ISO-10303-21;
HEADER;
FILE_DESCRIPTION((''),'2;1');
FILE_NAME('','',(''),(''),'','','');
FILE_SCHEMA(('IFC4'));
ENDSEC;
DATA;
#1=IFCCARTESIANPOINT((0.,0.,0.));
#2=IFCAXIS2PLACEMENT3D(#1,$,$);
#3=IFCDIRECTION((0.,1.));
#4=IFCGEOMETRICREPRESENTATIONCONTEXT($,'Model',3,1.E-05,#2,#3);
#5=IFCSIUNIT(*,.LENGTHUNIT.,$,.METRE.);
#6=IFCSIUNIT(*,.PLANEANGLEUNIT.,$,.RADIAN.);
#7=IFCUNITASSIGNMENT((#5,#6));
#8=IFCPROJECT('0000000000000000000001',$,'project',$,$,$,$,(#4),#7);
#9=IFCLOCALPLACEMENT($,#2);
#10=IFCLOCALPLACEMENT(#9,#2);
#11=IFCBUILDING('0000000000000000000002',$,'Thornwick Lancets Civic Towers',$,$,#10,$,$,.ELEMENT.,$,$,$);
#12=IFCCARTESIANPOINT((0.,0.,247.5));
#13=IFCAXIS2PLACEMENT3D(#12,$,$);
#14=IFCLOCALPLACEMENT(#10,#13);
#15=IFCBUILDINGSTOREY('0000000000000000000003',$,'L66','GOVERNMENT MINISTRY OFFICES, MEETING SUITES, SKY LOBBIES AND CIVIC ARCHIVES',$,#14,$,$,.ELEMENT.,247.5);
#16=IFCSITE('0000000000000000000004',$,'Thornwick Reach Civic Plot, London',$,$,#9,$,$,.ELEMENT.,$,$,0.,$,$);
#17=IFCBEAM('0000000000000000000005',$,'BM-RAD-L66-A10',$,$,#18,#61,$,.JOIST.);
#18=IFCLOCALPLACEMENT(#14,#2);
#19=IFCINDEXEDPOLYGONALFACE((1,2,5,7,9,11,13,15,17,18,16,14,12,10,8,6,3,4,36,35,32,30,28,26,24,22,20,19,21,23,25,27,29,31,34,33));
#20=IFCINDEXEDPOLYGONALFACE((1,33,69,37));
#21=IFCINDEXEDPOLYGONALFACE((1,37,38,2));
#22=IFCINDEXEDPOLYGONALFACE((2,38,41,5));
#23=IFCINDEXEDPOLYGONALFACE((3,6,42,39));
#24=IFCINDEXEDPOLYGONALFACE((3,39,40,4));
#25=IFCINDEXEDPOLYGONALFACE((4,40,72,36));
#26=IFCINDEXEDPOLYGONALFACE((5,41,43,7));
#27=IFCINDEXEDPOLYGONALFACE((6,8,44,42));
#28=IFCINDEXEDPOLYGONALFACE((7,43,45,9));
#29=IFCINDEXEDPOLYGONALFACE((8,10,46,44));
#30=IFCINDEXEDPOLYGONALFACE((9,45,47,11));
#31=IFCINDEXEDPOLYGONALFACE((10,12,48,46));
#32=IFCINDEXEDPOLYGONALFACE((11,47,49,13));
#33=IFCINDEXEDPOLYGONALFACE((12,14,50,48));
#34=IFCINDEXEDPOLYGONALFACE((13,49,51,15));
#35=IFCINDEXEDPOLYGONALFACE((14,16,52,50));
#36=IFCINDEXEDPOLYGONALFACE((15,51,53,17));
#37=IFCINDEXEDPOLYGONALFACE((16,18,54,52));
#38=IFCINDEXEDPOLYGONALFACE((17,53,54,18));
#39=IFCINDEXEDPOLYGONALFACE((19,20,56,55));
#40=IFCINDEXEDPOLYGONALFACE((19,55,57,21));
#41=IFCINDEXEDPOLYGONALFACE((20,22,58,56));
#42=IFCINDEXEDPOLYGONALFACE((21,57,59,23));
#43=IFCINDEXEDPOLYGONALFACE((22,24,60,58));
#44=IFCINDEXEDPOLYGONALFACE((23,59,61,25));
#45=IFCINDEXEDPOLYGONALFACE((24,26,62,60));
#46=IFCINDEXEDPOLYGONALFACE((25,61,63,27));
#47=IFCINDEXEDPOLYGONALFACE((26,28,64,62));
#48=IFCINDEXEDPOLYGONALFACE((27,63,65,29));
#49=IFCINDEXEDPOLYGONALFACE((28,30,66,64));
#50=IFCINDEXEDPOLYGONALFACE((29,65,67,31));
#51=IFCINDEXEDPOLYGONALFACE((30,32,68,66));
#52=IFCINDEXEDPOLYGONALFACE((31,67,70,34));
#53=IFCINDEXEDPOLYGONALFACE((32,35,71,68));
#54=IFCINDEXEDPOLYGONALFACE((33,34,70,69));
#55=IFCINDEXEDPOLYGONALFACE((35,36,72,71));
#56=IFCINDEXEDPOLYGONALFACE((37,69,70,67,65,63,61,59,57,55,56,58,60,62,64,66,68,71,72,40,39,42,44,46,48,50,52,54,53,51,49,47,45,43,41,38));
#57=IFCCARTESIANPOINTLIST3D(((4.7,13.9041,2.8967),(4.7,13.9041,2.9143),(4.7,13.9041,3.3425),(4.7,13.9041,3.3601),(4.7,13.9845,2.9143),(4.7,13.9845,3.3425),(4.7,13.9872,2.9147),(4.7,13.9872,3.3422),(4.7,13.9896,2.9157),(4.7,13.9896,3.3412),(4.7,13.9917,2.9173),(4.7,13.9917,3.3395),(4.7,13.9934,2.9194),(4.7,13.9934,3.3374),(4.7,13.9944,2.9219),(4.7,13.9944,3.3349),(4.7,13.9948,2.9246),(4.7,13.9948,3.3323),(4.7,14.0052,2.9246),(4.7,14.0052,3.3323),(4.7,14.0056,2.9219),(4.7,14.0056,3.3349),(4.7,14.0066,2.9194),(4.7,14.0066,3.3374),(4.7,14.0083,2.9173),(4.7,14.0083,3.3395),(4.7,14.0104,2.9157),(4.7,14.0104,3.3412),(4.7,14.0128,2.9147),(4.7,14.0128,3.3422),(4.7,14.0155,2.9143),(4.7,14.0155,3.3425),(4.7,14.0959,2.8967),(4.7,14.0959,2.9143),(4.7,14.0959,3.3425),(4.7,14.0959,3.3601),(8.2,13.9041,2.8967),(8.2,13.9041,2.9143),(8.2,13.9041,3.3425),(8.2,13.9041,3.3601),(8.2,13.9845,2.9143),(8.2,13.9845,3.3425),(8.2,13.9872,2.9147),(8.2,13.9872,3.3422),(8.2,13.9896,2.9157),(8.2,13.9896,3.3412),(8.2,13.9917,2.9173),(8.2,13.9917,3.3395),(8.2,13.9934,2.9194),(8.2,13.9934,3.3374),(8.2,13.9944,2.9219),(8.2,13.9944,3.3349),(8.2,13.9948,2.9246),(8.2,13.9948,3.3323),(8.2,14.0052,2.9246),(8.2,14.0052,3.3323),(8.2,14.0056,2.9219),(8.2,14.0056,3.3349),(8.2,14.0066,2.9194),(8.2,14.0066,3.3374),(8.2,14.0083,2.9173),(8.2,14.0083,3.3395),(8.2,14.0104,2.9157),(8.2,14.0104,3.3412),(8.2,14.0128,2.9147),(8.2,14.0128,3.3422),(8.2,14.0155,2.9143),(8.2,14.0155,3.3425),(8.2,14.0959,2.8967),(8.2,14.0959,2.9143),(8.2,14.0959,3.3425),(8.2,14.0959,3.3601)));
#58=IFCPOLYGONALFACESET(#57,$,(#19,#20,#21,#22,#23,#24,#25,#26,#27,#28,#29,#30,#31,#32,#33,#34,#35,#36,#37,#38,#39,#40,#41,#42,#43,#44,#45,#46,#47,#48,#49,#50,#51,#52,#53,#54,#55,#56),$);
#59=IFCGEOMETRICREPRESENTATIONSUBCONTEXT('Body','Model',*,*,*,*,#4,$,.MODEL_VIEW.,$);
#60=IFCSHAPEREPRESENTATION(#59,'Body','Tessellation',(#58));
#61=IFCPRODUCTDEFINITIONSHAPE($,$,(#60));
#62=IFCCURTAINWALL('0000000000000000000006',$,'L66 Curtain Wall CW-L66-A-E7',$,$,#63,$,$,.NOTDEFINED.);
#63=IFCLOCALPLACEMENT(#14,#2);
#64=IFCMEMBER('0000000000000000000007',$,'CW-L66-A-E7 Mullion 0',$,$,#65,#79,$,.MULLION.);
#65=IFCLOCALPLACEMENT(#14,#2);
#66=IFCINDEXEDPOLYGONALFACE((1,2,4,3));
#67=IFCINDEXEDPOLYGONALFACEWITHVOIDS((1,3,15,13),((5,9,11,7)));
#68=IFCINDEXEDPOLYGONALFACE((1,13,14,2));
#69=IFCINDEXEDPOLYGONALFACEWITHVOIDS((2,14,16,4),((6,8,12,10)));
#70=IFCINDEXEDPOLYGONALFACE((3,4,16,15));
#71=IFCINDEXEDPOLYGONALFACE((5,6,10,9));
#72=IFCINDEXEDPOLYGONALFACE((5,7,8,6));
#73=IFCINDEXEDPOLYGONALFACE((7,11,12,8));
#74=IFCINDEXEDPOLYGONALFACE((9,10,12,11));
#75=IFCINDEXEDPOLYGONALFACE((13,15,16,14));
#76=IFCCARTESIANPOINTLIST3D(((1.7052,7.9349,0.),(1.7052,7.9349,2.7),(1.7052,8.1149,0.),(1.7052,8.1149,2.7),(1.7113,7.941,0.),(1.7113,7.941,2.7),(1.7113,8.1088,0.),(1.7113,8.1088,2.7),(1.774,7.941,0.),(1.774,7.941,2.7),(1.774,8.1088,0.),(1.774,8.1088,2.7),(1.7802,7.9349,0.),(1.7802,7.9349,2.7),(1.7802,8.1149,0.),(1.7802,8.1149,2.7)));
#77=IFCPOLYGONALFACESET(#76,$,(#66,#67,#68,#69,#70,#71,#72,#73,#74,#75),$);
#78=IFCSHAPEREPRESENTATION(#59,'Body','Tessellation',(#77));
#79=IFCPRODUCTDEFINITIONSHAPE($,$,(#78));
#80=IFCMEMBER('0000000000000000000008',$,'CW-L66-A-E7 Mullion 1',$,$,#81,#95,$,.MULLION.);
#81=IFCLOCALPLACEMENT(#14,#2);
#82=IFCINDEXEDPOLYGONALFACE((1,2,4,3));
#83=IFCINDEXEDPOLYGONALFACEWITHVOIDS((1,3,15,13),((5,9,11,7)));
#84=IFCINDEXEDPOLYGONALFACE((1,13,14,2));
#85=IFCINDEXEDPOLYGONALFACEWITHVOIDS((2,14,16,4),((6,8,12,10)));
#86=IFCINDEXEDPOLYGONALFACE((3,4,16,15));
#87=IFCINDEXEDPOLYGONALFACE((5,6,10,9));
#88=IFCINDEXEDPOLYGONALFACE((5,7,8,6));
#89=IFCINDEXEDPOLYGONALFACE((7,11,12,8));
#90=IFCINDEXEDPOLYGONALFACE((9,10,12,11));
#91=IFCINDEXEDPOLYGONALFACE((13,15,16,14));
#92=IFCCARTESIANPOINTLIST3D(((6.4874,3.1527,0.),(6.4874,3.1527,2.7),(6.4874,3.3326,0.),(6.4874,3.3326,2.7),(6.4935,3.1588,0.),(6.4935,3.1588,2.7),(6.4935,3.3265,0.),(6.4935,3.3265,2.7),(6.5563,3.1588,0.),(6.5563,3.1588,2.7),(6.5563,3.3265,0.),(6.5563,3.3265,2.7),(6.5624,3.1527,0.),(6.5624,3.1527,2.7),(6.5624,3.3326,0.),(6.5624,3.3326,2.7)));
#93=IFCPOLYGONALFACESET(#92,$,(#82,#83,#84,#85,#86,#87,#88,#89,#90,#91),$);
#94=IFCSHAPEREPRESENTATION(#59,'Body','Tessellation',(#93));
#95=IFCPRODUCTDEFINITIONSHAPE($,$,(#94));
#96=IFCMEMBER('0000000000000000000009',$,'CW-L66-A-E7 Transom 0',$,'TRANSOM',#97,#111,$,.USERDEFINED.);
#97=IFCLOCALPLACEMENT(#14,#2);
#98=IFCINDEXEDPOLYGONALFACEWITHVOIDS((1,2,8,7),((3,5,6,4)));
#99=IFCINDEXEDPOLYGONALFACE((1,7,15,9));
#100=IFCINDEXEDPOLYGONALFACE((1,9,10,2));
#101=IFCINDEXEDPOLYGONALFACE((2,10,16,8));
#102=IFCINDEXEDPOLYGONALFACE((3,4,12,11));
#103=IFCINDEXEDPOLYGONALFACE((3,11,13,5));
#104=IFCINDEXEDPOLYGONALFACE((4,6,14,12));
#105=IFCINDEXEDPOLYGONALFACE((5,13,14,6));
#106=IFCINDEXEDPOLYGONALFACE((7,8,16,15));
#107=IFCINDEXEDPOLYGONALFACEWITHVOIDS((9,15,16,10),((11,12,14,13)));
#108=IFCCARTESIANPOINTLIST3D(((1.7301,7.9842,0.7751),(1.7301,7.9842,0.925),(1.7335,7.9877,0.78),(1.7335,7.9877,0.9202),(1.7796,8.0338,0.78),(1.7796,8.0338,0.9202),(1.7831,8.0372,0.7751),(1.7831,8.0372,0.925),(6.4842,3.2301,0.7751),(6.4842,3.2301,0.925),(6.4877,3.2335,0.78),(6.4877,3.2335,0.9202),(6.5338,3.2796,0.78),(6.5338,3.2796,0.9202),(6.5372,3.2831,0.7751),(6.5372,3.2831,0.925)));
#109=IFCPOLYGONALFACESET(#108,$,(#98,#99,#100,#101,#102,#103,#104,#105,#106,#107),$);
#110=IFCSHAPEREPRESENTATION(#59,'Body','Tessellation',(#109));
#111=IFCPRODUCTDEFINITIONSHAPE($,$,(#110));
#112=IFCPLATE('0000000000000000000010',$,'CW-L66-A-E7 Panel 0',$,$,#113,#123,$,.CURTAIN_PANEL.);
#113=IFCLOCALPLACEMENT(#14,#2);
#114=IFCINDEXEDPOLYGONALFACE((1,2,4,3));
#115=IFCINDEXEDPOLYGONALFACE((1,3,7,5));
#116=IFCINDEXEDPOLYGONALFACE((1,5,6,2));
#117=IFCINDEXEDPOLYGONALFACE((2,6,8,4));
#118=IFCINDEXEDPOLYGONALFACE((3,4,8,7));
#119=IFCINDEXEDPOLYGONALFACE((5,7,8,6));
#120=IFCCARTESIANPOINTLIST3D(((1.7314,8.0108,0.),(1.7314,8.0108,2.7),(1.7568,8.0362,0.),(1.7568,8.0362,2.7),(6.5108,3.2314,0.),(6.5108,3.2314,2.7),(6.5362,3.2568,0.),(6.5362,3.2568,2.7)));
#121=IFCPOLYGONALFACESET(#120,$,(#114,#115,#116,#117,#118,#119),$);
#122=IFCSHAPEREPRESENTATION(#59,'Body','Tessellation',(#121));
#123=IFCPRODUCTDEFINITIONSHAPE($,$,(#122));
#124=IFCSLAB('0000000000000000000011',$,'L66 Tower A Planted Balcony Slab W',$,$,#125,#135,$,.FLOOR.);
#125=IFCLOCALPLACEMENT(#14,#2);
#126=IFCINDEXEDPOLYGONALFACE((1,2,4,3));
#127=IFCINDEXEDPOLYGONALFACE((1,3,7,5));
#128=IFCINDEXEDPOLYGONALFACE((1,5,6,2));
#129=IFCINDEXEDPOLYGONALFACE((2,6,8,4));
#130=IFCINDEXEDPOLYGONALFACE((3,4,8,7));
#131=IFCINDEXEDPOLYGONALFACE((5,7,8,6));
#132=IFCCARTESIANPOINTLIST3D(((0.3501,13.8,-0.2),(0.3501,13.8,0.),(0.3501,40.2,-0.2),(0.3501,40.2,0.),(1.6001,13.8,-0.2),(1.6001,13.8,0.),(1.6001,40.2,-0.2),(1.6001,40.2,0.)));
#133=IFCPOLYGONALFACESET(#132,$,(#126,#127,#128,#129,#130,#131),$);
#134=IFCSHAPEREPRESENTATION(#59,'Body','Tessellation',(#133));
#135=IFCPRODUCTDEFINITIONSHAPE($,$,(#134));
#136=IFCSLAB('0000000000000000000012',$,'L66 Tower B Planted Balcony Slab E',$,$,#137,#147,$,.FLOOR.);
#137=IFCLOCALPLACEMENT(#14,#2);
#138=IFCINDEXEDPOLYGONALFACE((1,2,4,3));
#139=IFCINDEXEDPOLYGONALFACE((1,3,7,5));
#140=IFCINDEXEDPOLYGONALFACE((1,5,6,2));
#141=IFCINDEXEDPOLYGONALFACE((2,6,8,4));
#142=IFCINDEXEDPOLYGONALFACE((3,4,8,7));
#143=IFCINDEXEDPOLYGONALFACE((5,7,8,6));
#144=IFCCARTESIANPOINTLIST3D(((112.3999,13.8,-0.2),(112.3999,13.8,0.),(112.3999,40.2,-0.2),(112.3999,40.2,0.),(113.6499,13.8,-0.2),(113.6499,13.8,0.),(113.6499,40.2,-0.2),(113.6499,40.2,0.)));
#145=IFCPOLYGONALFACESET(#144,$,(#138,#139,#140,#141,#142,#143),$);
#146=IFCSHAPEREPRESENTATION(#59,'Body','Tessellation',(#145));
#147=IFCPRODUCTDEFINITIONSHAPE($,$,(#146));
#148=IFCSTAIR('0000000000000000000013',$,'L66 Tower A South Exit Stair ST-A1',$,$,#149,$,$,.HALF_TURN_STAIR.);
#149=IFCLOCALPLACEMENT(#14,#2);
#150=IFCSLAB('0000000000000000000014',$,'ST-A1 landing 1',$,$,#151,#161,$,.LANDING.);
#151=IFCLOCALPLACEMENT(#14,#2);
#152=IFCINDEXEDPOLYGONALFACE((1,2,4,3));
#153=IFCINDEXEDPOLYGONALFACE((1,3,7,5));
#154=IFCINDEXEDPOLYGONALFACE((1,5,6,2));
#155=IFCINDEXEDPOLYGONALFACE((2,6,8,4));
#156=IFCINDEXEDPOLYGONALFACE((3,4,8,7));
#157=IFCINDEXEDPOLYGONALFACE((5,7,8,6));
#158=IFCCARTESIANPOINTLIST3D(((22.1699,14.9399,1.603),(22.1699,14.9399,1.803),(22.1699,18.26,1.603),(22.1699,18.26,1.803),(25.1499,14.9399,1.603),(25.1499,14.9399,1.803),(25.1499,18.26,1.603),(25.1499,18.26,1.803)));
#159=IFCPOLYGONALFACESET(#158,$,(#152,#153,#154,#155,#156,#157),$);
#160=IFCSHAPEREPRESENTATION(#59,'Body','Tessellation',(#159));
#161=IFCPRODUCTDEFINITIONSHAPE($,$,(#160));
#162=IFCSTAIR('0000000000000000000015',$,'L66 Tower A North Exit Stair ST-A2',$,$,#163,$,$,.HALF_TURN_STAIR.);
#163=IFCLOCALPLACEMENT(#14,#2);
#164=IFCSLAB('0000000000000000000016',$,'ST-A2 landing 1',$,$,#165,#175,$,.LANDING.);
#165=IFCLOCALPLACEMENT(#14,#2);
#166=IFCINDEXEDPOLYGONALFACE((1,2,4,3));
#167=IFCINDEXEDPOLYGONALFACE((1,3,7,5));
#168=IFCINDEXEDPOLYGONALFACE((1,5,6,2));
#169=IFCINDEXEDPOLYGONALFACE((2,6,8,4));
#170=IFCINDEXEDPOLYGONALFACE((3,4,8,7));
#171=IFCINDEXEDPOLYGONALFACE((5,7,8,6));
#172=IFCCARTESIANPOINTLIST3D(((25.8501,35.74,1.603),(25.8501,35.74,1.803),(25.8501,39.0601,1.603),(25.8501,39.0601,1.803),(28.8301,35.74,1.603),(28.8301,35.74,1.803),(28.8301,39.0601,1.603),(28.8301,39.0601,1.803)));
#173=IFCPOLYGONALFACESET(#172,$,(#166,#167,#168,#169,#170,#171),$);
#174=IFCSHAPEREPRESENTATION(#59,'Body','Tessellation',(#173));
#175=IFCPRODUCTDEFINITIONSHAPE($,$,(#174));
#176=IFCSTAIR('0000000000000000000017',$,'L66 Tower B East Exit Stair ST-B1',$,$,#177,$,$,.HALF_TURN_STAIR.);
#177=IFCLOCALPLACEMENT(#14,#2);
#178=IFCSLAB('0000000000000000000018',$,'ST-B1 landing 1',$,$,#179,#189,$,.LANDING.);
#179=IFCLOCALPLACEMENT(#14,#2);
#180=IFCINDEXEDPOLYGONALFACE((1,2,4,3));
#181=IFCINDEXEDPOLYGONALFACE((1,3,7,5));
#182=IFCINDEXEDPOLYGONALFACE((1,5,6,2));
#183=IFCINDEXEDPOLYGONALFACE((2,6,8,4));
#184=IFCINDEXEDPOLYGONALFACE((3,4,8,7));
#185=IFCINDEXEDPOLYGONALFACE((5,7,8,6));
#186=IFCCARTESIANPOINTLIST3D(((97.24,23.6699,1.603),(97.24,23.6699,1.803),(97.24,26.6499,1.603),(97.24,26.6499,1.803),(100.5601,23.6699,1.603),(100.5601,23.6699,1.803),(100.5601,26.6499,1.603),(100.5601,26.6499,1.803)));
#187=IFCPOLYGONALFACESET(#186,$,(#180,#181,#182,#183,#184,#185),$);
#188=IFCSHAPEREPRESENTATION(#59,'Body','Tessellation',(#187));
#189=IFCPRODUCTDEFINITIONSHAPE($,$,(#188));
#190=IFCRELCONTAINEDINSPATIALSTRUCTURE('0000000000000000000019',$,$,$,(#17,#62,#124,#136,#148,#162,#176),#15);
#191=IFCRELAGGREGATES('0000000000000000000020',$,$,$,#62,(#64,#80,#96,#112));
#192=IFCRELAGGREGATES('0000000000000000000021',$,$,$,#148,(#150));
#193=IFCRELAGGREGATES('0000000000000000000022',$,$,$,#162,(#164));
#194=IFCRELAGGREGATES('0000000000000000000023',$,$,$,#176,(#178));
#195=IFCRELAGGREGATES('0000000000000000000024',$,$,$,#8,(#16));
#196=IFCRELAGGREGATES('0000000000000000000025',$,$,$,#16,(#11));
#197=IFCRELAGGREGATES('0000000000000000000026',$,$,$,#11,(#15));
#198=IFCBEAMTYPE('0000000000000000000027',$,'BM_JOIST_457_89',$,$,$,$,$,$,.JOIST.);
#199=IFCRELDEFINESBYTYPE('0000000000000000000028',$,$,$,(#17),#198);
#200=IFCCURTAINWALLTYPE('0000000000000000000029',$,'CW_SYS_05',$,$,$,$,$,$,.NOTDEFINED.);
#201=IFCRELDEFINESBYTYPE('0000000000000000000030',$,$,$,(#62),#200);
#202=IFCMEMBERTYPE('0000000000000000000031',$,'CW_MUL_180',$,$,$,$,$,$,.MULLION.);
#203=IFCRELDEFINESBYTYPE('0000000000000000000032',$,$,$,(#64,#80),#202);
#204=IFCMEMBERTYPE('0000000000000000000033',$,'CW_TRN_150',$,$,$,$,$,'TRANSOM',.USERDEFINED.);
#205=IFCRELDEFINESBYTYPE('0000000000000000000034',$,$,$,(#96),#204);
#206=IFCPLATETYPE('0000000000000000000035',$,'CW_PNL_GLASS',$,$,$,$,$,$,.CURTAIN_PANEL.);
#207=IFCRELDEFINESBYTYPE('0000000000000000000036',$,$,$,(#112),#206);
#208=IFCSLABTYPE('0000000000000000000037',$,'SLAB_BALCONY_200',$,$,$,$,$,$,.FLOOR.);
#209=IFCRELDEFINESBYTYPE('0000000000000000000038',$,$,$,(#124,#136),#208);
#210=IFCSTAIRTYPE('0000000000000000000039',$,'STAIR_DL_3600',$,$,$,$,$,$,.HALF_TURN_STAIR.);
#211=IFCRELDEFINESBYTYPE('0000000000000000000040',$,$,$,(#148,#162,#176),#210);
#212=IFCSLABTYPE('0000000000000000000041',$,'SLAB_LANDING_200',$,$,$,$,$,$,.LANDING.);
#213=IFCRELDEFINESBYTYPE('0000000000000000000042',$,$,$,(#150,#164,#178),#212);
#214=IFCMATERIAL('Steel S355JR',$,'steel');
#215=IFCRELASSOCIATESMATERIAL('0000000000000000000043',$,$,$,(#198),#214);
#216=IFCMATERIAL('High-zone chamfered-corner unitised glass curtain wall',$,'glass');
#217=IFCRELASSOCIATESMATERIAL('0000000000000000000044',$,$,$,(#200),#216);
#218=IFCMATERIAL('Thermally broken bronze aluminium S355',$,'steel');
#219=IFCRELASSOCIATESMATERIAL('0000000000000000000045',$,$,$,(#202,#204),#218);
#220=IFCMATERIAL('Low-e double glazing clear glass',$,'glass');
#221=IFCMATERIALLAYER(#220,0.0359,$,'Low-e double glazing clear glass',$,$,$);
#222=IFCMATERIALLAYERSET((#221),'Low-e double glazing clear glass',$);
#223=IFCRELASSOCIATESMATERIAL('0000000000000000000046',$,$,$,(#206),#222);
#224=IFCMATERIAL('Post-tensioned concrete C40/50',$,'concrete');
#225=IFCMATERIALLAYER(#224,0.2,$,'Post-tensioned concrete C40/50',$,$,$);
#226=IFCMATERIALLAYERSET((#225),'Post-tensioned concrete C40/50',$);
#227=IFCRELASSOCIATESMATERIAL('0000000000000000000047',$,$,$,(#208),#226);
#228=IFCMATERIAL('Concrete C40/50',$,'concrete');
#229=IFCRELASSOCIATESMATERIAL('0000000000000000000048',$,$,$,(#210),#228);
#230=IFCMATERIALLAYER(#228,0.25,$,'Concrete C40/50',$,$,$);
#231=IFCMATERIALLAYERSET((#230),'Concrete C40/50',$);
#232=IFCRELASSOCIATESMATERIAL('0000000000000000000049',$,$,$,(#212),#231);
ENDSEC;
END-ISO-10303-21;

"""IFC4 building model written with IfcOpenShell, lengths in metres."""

from ifc_helpers import new_model, si_unit, direction, frame, origin, origin_2d, place, context, subcontext, project, spatial, polyline, rectangle, hollow_rectangle, i_section, outline, extrude, material, layer, layer_set, material_profile, profile_set, type_object, element, aggregate, save


model = new_model("IFC4")

# Units and contexts
model_context = context("Model", 3, precision=1e-05, world=origin(), true_north=direction((0.0, 1.0)))
body_context = subcontext(model_context, "Body", "Model", "MODEL_VIEW")
ifc_project = project(units=[si_unit("LENGTHUNIT", "METRE"), si_unit("PLANEANGLEUNIT", "RADIAN")], contexts=[model_context])

# Site, building, storey
site_placement = place(None, origin())
site = spatial("IfcSite", under=ifc_project, at=site_placement, Name="Thornwick Reach Civic Plot, London", CompositionType="ELEMENT", RefElevation=0.0)
building_placement = place(site_placement, origin())
building = spatial("IfcBuilding", under=site, at=building_placement, Name="Thornwick Lancets Civic Towers", CompositionType="ELEMENT")
storey_placement = place(building_placement, frame((0.0, 0.0, 247.5)))
storey = spatial("IfcBuildingStorey", under=building, at=storey_placement, Name="L66", Description="GOVERNMENT MINISTRY OFFICES, MEETING SUITES, SKY LOBBIES AND CIVIC ARCHIVES", CompositionType="ELEMENT", Elevation=247.5)

# Shared definitions
ifc_material_1 = material(Name="Steel S355JR", Category="steel")

# Beam
ifc_material_profile_1 = material_profile(ifc_material_1, i_section(OverallWidth=0.1919, OverallDepth=0.4634, WebThickness=0.0105, FlangeThickness=0.0176, FilletRadius=0.0103, at=origin_2d()), Name="UKB 457x191x89")
ifc_profile_set_1 = profile_set([ifc_material_profile_1], Name="Steel S355JR")
beam_type_1 = type_object("IfcBeamType", Name="BM_JOIST_457_89", PredefinedType="JOIST", material=ifc_profile_set_1)
for number, where, z_axis, x_axis, name in (
    (1, (8.2, 14.0, 3.1284), (-1.0, 0.0, 0.0), (0.0, -1.0, 0.0), "BM-RAD-L66-A10"),
):
    element("IfcBeam", number, at=place(storey_placement, frame(where, z_axis=z_axis, x_axis=x_axis)), inside=storey, type_object=beam_type_1, Name=name, PredefinedType="JOIST", context=body_context, shape_type="SweptSolid", body=[
        extrude(i_section(OverallWidth=0.1919, OverallDepth=0.4634, WebThickness=0.0105, FlangeThickness=0.0176, FilletRadius=0.0103, at=origin_2d()), origin(), (0.0, 0.0, 1.0), 3.5),
    ])

# Curtain wall, members, plate
ifc_material_2 = material(Name="High-zone chamfered-corner unitised glass curtain wall", Category="glass")
curtain_wall_type = type_object("IfcCurtainWallType", Name="CW_SYS_05", PredefinedType="NOTDEFINED", material=ifc_material_2)
curtain_wall_placement = place(storey_placement, origin())
curtain_wall = element("IfcCurtainWall", 2, at=curtain_wall_placement, inside=storey, type_object=curtain_wall_type, Name="L66 Curtain Wall CW-L66-A-E7", PredefinedType="NOTDEFINED")
ifc_material_3 = material(Name="Thermally broken bronze aluminium S355", Category="steel")
ifc_material_profile_2 = material_profile(ifc_material_3, hollow_rectangle(XDim=0.075, YDim=0.1799, WallThickness=0.0061, at=origin_2d()), Name="RHS 180x75x6")
ifc_profile_set_2 = profile_set([ifc_material_profile_2], Name="Thermally broken bronze aluminium S355")
member_type_1 = type_object("IfcMemberType", Name="CW_MUL_180", PredefinedType="MULLION", material=ifc_profile_set_2)
member_1_placement = place(storey_placement, frame((1.7427, 8.0249, 0.0), z_axis=(0.0, 0.0, 1.0), x_axis=(1.0, 0.0, 0.0)))
member_1 = element("IfcMember", 3, at=member_1_placement, type_object=member_type_1, Name="CW-L66-A-E7 Mullion 0", PredefinedType="MULLION", context=body_context, shape_type="SweptSolid", body=[
    extrude(hollow_rectangle(XDim=0.075, YDim=0.1799, WallThickness=0.0061, at=origin_2d()), origin(), (0.0, 0.0, 1.0), 2.7),
])
member_2_placement = place(storey_placement, frame((6.5249, 3.2427, 0.0), z_axis=(0.0, 0.0, 1.0), x_axis=(1.0, 0.0, 0.0)))
member_2 = element("IfcMember", 4, at=member_2_placement, type_object=member_type_1, Name="CW-L66-A-E7 Mullion 1", PredefinedType="MULLION", context=body_context, shape_type="SweptSolid", body=[
    extrude(hollow_rectangle(XDim=0.075, YDim=0.1799, WallThickness=0.0061, at=origin_2d()), origin(), (0.0, 0.0, 1.0), 2.7),
])
ifc_material_profile_3 = material_profile(ifc_material_3, hollow_rectangle(XDim=0.075, YDim=0.1499, WallThickness=0.0049, at=origin_2d()), Name="RHS 150x75x5")
ifc_profile_set_3 = profile_set([ifc_material_profile_3], Name="Thermally broken bronze aluminium S355")
member_type_2 = type_object("IfcMemberType", Name="CW_TRN_150", ElementType="TRANSOM", PredefinedType="USERDEFINED", material=ifc_profile_set_3)
member_3_placement = place(storey_placement, frame((1.7566, 8.0107, 0.8501), z_axis=(0.707107, -0.707107, 0.0), x_axis=(0.707107, 0.707107, 0.0)))
member_3 = element("IfcMember", 5, at=member_3_placement, type_object=member_type_2, Name="CW-L66-A-E7 Transom 0", ObjectType="TRANSOM", PredefinedType="USERDEFINED", context=body_context, shape_type="SweptSolid", body=[
    extrude(hollow_rectangle(XDim=0.075, YDim=0.1499, WallThickness=0.0049, at=origin_2d()), origin(), (0.0, 0.0, 1.0), 6.7234),
])
ifc_material_4 = material(Name="Low-e double glazing clear glass", Category="glass")
ifc_layer_1 = layer(ifc_material_4, 0.0359, Name="Low-e double glazing clear glass")
ifc_layer_set_1 = layer_set([ifc_layer_1], Name="Low-e double glazing clear glass")
plate_type = type_object("IfcPlateType", Name="CW_PNL_GLASS", PredefinedType="CURTAIN_PANEL", material=ifc_layer_set_1)
plate_placement = place(storey_placement, frame((4.1338, 5.6338, 0.0), z_axis=(0.0, 0.0, 1.0), x_axis=(0.707107, -0.707107, 0.0)))
plate = element("IfcPlate", 6, at=plate_placement, type_object=plate_type, Name="CW-L66-A-E7 Panel 0", PredefinedType="CURTAIN_PANEL", context=body_context, shape_type="SweptSolid", body=[
    extrude(rectangle(XDim=6.759, YDim=0.0359, at=origin_2d()), origin(), (0.0, 0.0, 1.0), 2.7),
])
aggregate(curtain_wall, [member_1, member_2, member_3, plate])

# Slabs
ifc_material_5 = material(Name="Post-tensioned concrete C40/50", Category="concrete")
ifc_layer_2 = layer(ifc_material_5, 0.2, Name="Post-tensioned concrete C40/50")
ifc_layer_set_2 = layer_set([ifc_layer_2], Name="Post-tensioned concrete C40/50")
slab_type_1 = type_object("IfcSlabType", Name="SLAB_BALCONY_200", PredefinedType="FLOOR", material=ifc_layer_set_2)
slab_1_placement = place(storey_placement, frame((0.0, 0.0, -0.2)))
element("IfcSlab", 7, at=slab_1_placement, inside=storey, type_object=slab_type_1, Name="L66 Tower A Planted Balcony Slab W", PredefinedType="FLOOR", context=body_context, shape_type="SweptSolid", body=[
    extrude(outline(polyline([(0.3501, 13.8), (1.6001, 13.8), (1.6001, 40.2), (0.3501, 40.2), (0.3501, 13.8)])), origin(), (0.0, 0.0, 1.0), 0.2),
])
slab_2_placement = place(storey_placement, frame((0.0, 0.0, -0.2)))
element("IfcSlab", 8, at=slab_2_placement, inside=storey, type_object=slab_type_1, Name="L66 Tower B Planted Balcony Slab E", PredefinedType="FLOOR", context=body_context, shape_type="SweptSolid", body=[
    extrude(outline(polyline([(112.3999, 13.8), (113.6499, 13.8), (113.6499, 40.2), (112.3999, 40.2), (112.3999, 13.8)])), origin(), (0.0, 0.0, 1.0), 0.2),
])

# Stairs, slabs
ifc_material_6 = material(Name="Concrete C40/50", Category="concrete")
stair_type = type_object("IfcStairType", Name="STAIR_DL_3600", PredefinedType="HALF_TURN_STAIR", material=ifc_material_6)
stair_1_placement = place(storey_placement, origin())
stair_1 = element("IfcStair", 9, at=stair_1_placement, inside=storey, type_object=stair_type, Name="L66 Tower A South Exit Stair ST-A1", PredefinedType="HALF_TURN_STAIR")
ifc_layer_3 = layer(ifc_material_6, 0.25, Name="Concrete C40/50")
ifc_layer_set_3 = layer_set([ifc_layer_3], Name="Concrete C40/50")
slab_type_2 = type_object("IfcSlabType", Name="SLAB_LANDING_200", PredefinedType="LANDING", material=ifc_layer_set_3)
slab_3_placement = place(storey_placement, frame((0.0, 0.0, 1.603)))
slab_3 = element("IfcSlab", 10, at=slab_3_placement, type_object=slab_type_2, Name="ST-A1 landing 1", PredefinedType="LANDING", context=body_context, shape_type="SweptSolid", body=[
    extrude(outline(polyline([(22.1699, 14.9399), (25.1499, 14.9399), (25.1499, 18.26), (22.1699, 18.26), (22.1699, 14.9399)])), origin(), (0.0, 0.0, 1.0), 0.2),
])
aggregate(stair_1, [slab_3])
stair_2_placement = place(storey_placement, origin())
stair_2 = element("IfcStair", 11, at=stair_2_placement, inside=storey, type_object=stair_type, Name="L66 Tower A North Exit Stair ST-A2", PredefinedType="HALF_TURN_STAIR")
slab_4_placement = place(storey_placement, frame((0.0, 0.0, 1.603)))
slab_4 = element("IfcSlab", 12, at=slab_4_placement, type_object=slab_type_2, Name="ST-A2 landing 1", PredefinedType="LANDING", context=body_context, shape_type="SweptSolid", body=[
    extrude(outline(polyline([(28.8301, 39.0601), (25.8501, 39.0601), (25.8501, 35.74), (28.8301, 35.74), (28.8301, 39.0601)])), origin(), (0.0, 0.0, 1.0), 0.2),
])
aggregate(stair_2, [slab_4])
stair_3_placement = place(storey_placement, origin())
stair_3 = element("IfcStair", 13, at=stair_3_placement, inside=storey, type_object=stair_type, Name="L66 Tower B East Exit Stair ST-B1", PredefinedType="HALF_TURN_STAIR")
slab_5_placement = place(storey_placement, frame((0.0, 0.0, 1.603)))
slab_5 = element("IfcSlab", 14, at=slab_5_placement, type_object=slab_type_2, Name="ST-B1 landing 1", PredefinedType="LANDING", context=body_context, shape_type="SweptSolid", body=[
    extrude(outline(polyline([(100.5601, 23.6699), (100.5601, 26.6499), (97.24, 26.6499), (97.24, 23.6699), (100.5601, 23.6699)])), origin(), (0.0, 0.0, 1.0), 0.2),
])
aggregate(stair_3, [slab_5])

save(model, "model.ifc")
